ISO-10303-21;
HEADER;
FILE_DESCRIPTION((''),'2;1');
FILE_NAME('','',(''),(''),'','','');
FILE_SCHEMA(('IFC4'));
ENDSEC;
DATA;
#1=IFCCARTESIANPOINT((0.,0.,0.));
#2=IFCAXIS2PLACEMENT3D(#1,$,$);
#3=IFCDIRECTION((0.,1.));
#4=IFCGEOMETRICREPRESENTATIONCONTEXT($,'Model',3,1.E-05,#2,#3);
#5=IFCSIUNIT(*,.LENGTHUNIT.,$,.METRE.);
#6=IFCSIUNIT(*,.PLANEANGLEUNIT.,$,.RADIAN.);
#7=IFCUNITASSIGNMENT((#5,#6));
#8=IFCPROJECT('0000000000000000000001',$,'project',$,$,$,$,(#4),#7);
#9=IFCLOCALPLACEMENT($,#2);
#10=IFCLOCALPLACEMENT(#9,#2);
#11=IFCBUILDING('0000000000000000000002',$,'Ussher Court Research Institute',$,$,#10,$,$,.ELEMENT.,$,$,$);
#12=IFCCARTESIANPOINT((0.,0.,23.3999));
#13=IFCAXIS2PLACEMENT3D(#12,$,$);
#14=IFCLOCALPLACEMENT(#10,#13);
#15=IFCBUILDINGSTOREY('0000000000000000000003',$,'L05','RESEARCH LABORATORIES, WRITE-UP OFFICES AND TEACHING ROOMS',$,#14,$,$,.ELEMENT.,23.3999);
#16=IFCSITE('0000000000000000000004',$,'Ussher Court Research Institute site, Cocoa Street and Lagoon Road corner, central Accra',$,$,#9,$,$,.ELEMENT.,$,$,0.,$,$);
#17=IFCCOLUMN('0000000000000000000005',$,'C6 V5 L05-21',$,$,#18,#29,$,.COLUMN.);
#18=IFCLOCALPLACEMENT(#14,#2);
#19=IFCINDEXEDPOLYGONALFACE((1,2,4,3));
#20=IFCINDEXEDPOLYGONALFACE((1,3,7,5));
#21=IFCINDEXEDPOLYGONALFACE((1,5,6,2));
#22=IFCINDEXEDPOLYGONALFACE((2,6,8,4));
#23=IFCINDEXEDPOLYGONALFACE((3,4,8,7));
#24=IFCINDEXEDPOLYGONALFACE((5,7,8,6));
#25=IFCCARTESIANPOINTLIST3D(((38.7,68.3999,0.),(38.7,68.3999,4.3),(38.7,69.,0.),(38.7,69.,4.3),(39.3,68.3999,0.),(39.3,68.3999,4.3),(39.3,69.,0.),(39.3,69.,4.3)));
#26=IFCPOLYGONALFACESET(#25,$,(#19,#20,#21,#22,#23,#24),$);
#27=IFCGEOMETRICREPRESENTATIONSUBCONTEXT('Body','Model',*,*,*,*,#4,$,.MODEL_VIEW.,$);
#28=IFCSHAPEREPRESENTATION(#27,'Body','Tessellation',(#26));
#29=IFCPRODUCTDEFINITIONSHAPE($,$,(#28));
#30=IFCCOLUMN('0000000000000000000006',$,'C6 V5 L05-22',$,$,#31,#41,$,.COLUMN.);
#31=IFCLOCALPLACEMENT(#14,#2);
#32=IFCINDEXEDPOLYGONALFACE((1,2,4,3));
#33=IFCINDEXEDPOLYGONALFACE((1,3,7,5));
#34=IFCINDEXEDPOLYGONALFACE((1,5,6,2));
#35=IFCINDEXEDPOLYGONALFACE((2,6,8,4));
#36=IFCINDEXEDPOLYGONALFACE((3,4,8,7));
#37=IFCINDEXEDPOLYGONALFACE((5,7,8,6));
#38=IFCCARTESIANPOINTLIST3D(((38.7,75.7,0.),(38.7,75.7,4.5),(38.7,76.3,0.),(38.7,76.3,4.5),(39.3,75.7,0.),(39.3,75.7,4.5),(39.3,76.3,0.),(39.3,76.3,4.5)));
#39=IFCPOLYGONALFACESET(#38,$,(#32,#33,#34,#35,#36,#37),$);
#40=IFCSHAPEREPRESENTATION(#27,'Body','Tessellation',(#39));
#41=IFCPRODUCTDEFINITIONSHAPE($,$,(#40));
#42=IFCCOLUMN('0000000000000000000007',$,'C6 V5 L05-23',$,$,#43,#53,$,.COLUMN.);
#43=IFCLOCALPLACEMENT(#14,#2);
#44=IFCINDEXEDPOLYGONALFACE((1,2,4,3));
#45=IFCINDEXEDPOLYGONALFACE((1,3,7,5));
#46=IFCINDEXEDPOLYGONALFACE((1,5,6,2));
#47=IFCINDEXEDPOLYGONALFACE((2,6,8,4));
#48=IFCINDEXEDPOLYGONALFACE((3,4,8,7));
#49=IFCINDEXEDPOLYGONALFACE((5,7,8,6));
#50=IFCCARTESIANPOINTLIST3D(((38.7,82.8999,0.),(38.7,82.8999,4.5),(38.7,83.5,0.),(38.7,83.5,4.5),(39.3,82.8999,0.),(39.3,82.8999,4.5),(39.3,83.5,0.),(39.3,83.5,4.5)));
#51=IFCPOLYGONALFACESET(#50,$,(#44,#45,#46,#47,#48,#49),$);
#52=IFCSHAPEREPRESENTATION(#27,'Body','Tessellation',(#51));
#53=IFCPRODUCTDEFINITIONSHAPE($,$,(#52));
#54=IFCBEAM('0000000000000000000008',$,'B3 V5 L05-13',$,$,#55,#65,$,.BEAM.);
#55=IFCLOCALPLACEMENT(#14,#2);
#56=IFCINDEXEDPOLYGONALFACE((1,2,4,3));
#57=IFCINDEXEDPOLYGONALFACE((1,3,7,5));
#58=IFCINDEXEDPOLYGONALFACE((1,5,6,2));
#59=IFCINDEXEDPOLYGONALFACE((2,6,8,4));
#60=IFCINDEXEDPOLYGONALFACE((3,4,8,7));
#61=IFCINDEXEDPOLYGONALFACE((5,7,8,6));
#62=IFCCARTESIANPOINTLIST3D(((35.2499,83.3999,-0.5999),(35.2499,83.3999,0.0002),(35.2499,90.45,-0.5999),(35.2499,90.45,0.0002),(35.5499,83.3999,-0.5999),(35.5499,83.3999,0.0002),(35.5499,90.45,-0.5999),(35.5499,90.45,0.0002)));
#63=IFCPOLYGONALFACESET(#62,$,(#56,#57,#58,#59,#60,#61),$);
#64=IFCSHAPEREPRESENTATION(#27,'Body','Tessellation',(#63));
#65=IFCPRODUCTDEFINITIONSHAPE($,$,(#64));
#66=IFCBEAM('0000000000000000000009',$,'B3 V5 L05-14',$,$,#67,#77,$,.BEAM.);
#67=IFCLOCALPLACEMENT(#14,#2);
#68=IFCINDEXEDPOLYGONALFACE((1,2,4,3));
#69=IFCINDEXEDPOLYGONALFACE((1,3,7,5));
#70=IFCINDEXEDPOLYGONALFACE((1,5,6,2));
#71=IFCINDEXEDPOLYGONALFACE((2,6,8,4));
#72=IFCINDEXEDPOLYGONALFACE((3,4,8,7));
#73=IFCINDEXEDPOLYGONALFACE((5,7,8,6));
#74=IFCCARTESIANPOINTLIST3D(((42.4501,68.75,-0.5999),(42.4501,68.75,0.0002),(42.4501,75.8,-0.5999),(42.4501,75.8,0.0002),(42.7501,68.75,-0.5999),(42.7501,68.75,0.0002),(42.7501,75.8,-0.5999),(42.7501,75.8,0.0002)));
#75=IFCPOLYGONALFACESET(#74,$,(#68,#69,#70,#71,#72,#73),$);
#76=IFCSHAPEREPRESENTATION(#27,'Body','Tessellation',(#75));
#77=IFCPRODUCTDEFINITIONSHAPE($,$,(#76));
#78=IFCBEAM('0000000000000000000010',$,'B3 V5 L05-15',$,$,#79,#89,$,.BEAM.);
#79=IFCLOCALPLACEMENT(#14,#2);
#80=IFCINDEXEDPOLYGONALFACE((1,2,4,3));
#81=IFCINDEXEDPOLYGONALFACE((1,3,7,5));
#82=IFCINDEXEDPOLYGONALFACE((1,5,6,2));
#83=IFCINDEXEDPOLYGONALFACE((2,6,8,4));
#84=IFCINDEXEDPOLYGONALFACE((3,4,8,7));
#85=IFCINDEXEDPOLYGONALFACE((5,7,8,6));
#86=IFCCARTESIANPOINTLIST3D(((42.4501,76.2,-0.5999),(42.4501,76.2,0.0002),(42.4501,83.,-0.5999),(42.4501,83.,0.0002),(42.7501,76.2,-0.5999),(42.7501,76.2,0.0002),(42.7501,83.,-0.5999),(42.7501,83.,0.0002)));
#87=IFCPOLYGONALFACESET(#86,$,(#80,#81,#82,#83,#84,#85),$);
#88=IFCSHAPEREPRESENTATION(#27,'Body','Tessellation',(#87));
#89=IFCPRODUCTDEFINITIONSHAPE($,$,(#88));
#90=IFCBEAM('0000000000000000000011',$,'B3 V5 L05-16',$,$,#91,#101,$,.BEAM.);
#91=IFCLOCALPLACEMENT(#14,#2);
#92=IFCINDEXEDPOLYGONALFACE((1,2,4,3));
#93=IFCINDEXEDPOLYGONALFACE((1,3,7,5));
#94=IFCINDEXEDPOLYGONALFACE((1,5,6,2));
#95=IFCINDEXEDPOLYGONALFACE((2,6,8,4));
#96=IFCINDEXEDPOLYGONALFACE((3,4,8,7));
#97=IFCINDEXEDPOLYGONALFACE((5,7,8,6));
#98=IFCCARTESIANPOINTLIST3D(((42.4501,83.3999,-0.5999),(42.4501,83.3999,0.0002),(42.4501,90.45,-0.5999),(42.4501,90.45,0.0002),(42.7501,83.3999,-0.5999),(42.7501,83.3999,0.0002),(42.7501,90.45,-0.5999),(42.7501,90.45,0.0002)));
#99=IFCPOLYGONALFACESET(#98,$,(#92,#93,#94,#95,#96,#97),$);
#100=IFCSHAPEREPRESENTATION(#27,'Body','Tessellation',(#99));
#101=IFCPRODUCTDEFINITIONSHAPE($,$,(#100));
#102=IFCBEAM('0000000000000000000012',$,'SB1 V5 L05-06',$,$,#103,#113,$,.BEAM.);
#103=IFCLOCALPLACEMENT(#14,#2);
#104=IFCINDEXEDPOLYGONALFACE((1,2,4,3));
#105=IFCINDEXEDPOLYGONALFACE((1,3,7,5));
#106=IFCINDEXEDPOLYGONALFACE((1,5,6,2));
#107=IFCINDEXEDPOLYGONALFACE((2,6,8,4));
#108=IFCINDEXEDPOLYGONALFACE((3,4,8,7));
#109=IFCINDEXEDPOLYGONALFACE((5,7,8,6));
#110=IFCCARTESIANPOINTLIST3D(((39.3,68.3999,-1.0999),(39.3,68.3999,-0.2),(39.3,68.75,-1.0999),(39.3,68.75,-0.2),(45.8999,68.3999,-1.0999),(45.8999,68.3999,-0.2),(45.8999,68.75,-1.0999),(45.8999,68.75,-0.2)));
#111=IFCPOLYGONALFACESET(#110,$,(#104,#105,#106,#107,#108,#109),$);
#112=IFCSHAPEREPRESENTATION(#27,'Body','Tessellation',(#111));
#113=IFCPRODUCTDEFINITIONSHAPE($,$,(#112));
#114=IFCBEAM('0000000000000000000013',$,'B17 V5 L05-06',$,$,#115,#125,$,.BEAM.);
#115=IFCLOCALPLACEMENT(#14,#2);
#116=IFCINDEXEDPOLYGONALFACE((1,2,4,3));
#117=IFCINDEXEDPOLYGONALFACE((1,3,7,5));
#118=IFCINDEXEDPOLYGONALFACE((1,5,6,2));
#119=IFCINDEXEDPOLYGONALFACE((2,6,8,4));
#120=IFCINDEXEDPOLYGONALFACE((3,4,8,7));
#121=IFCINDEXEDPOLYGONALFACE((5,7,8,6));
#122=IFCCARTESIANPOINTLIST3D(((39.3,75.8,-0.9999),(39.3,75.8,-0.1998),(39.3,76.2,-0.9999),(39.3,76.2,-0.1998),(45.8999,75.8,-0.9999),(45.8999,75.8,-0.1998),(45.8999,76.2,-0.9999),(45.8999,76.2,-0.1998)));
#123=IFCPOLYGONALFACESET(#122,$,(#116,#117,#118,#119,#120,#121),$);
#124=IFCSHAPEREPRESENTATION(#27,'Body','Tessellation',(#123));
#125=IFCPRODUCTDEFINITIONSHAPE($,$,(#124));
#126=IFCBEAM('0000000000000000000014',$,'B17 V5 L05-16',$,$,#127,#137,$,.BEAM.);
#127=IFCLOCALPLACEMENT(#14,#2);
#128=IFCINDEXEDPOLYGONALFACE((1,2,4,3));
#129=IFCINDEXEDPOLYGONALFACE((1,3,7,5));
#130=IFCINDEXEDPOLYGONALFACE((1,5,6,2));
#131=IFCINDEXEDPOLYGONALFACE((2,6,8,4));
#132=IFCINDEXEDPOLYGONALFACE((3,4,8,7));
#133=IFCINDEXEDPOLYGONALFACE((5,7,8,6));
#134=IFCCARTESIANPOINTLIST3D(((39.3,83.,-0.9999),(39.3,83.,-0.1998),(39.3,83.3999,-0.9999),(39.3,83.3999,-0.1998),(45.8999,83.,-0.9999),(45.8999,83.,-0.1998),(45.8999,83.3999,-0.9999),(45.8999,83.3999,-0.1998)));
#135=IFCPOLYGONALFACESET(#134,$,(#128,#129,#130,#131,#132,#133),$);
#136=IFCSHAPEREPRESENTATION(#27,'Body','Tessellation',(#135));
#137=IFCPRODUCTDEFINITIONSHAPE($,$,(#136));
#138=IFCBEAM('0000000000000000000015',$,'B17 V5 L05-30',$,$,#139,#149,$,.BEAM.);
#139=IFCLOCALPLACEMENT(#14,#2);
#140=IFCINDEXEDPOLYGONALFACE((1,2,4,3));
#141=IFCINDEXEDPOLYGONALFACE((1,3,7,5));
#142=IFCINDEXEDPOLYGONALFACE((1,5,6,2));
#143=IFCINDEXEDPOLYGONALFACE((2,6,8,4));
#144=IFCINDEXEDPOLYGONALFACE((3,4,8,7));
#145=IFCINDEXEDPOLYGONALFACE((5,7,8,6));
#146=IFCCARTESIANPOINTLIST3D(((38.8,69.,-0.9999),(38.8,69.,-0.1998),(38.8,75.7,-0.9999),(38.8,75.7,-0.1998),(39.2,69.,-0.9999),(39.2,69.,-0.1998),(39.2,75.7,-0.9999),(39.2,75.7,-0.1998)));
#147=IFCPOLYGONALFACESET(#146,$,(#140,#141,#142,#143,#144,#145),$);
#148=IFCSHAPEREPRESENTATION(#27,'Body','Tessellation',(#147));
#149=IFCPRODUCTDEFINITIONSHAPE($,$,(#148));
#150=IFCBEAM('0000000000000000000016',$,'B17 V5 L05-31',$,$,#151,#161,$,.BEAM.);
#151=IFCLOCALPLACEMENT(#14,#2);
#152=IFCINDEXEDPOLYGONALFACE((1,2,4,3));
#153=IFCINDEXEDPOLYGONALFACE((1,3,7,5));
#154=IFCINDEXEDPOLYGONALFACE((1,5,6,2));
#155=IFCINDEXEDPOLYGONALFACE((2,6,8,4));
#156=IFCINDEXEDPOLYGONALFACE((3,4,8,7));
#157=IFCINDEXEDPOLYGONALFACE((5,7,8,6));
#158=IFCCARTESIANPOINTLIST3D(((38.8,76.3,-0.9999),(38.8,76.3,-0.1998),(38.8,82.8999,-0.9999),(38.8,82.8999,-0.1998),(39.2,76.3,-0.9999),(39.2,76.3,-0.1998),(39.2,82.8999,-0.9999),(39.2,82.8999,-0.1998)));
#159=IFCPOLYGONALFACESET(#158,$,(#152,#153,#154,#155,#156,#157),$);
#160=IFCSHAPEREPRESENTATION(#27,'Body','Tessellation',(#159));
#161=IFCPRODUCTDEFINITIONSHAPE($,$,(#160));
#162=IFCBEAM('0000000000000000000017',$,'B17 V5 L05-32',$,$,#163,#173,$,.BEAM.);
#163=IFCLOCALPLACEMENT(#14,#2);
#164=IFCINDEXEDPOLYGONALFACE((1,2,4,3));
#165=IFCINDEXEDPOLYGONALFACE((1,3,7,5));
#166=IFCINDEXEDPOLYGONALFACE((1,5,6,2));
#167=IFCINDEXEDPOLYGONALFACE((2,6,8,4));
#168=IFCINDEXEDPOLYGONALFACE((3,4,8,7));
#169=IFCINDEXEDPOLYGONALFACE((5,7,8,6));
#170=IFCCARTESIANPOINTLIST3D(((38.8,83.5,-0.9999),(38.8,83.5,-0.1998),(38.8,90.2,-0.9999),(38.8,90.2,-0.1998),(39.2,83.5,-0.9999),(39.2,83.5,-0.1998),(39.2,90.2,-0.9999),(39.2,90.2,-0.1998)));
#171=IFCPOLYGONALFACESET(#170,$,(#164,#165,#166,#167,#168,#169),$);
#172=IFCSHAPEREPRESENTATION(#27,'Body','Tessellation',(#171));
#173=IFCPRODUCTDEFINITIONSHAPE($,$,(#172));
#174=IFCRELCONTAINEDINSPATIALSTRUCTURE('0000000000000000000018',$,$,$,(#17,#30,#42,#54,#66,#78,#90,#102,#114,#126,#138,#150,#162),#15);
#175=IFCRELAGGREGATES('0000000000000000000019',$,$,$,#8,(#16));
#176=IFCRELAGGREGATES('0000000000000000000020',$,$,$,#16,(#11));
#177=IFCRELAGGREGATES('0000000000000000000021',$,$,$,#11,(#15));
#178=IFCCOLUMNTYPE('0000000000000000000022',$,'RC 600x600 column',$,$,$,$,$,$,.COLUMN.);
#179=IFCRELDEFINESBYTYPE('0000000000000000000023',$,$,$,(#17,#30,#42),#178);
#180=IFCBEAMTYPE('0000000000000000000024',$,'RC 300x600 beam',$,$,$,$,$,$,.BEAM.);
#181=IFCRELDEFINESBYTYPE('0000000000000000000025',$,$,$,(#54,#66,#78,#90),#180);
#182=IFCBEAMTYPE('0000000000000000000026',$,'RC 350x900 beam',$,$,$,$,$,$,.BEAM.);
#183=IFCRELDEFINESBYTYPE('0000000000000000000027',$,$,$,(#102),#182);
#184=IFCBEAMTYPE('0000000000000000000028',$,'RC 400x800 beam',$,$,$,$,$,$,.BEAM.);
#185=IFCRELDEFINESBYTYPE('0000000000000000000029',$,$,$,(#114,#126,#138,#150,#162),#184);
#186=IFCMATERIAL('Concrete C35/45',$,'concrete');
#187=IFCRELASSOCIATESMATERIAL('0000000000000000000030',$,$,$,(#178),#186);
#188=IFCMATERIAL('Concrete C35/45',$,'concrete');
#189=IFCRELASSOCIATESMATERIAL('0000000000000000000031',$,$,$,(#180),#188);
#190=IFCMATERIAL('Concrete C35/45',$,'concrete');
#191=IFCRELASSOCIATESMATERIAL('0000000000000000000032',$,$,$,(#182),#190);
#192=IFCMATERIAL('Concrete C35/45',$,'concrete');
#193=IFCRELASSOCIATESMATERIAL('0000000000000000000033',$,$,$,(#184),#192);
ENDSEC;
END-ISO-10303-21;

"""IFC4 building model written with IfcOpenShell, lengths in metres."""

from ifc_helpers import new_model, si_unit, direction, frame, origin, origin_2d, place, context, subcontext, project, spatial, rectangle, extrude, material, material_profile, profile_set, type_object, element, save


model = new_model("IFC4")

# Units and contexts
model_context = context("Model", 3, precision=1e-05, world=origin(), true_north=direction((0.0, 1.0)))
body_context = subcontext(model_context, "Body", "Model", "MODEL_VIEW")
ifc_project = project(units=[si_unit("LENGTHUNIT", "METRE"), si_unit("PLANEANGLEUNIT", "RADIAN")], contexts=[model_context])

# Site, building, storey
site_placement = place(None, origin())
site = spatial("IfcSite", under=ifc_project, at=site_placement, Name="Ussher Court Research Institute site, Cocoa Street and Lagoon Road corner, central Accra", CompositionType="ELEMENT", RefElevation=0.0)
building_placement = place(site_placement, origin())
building = spatial("IfcBuilding", under=site, at=building_placement, Name="Ussher Court Research Institute", CompositionType="ELEMENT")
storey_placement = place(building_placement, frame((0.0, 0.0, 23.3999)))
storey = spatial("IfcBuildingStorey", under=building, at=storey_placement, Name="L05", Description="RESEARCH LABORATORIES, WRITE-UP OFFICES AND TEACHING ROOMS", CompositionType="ELEMENT", Elevation=23.3999)

# Columns
ifc_material_1 = material(Name="Concrete C35/45", Category="concrete")
ifc_material_profile_1 = material_profile(ifc_material_1, rectangle(XDim=0.6001, YDim=0.6001, at=origin_2d()), Name="RC 600x600")
ifc_profile_set_1 = profile_set([ifc_material_profile_1], Name="Concrete C35/45")
column_type = type_object("IfcColumnType", Name="RC 600x600 column", PredefinedType="COLUMN", material=ifc_profile_set_1)
column_placement = place(storey_placement, frame((39.0, 68.7, 0.0), z_axis=(0.0, 0.0, 1.0), x_axis=(1.0, 0.0, 0.0)))
element("IfcColumn", 1, at=column_placement, inside=storey, type_object=column_type, Name="C6 V5 L05-21", PredefinedType="COLUMN", context=body_context, shape_type="SweptSolid", body=[
    extrude(rectangle(XDim=0.6001, YDim=0.6001, at=origin_2d()), origin(), (0.0, 0.0, 1.0), 4.3),
])
for number, where, z_axis, x_axis, name in (
    (2, (39.0, 76.0, 0.0), (0.0, 0.0, 1.0), (1.0, 0.0, 0.0), "C6 V5 L05-22"),
    (3, (39.0, 83.2, 0.0), (0.0, 0.0, 1.0), (1.0, 0.0, 0.0), "C6 V5 L05-23"),
):
    element("IfcColumn", number, at=place(storey_placement, frame(where, z_axis=z_axis, x_axis=x_axis)), inside=storey, type_object=column_type, Name=name, PredefinedType="COLUMN", context=body_context, shape_type="SweptSolid", body=[
        extrude(rectangle(XDim=0.6001, YDim=0.6001, at=origin_2d()), origin(), (0.0, 0.0, 1.0), 4.5),
    ])

# Beams
ifc_material_2 = material(Name="Concrete C35/45", Category="concrete")
ifc_material_profile_2 = material_profile(ifc_material_2, rectangle(XDim=0.3, YDim=0.6001, at=origin_2d()), Name="RC 300x600")
ifc_profile_set_2 = profile_set([ifc_material_profile_2], Name="Concrete C35/45")
beam_type_1 = type_object("IfcBeamType", Name="RC 300x600 beam", PredefinedType="BEAM", material=ifc_profile_set_2)
for number, where, z_axis, x_axis, name in (
    (4, (35.3999, 83.3999, -0.2998), (0.0, 1.0, 0.0), (-1.0, 0.0, 0.0), "B3 V5 L05-13"),
    (5, (42.6001, 68.75, -0.2998), (0.0, 1.0, 0.0), (-1.0, 0.0, 0.0), "B3 V5 L05-14"),
):
    element("IfcBeam", number, at=place(storey_placement, frame(where, z_axis=z_axis, x_axis=x_axis)), inside=storey, type_object=beam_type_1, Name=name, PredefinedType="BEAM", context=body_context, shape_type="SweptSolid", body=[
        extrude(rectangle(XDim=0.3, YDim=0.6001, at=origin_2d()), origin(), (0.0, 0.0, 1.0), 7.05),
    ])
beam_1_placement = place(storey_placement, frame((42.6001, 76.2, -0.2998), z_axis=(0.0, 1.0, 0.0), x_axis=(-1.0, 0.0, 0.0)))
element("IfcBeam", 6, at=beam_1_placement, inside=storey, type_object=beam_type_1, Name="B3 V5 L05-15", PredefinedType="BEAM", context=body_context, shape_type="SweptSolid", body=[
    extrude(rectangle(XDim=0.3, YDim=0.6001, at=origin_2d()), origin(), (0.0, 0.0, 1.0), 6.8),
])
beam_2_placement = place(storey_placement, frame((42.6001, 83.3999, -0.2998), z_axis=(0.0, 1.0, 0.0), x_axis=(-1.0, 0.0, 0.0)))
element("IfcBeam", 7, at=beam_2_placement, inside=storey, type_object=beam_type_1, Name="B3 V5 L05-16", PredefinedType="BEAM", context=body_context, shape_type="SweptSolid", body=[
    extrude(rectangle(XDim=0.3, YDim=0.6001, at=origin_2d()), origin(), (0.0, 0.0, 1.0), 7.05),
])
ifc_material_3 = material(Name="Concrete C35/45", Category="concrete")
ifc_material_profile_3 = material_profile(ifc_material_3, rectangle(XDim=0.3501, YDim=0.8999, at=origin_2d()), Name="RC 350x900")
ifc_profile_set_3 = profile_set([ifc_material_profile_3], Name="Concrete C35/45")
beam_type_2 = type_object("IfcBeamType", Name="RC 350x900 beam", PredefinedType="BEAM", material=ifc_profile_set_3)
beam_3_placement = place(storey_placement, frame((39.3, 68.575, -0.6499), z_axis=(1.0, 0.0, 0.0), x_axis=(0.0, 1.0, 0.0)))
element("IfcBeam", 8, at=beam_3_placement, inside=storey, type_object=beam_type_2, Name="SB1 V5 L05-06", PredefinedType="BEAM", context=body_context, shape_type="SweptSolid", body=[
    extrude(rectangle(XDim=0.3501, YDim=0.8999, at=origin_2d()), origin(), (0.0, 0.0, 1.0), 6.5999),
])
ifc_material_4 = material(Name="Concrete C35/45", Category="concrete")
ifc_material_profile_4 = material_profile(ifc_material_4, rectangle(XDim=0.3999, YDim=0.8, at=origin_2d()), Name="RC 400x800")
ifc_profile_set_4 = profile_set([ifc_material_profile_4], Name="Concrete C35/45")
beam_type_3 = type_object("IfcBeamType", Name="RC 400x800 beam", PredefinedType="BEAM", material=ifc_profile_set_4)
for number, where, z_axis, x_axis, name in (
    (9, (39.3, 76.0, -0.5999), (1.0, 0.0, 0.0), (0.0, 1.0, 0.0), "B17 V5 L05-06"),
    (10, (39.3, 83.2, -0.5999), (1.0, 0.0, 0.0), (0.0, 1.0, 0.0), "B17 V5 L05-16"),
):
    element("IfcBeam", number, at=place(storey_placement, frame(where, z_axis=z_axis, x_axis=x_axis)), inside=storey, type_object=beam_type_3, Name=name, PredefinedType="BEAM", context=body_context, shape_type="SweptSolid", body=[
        extrude(rectangle(XDim=0.3999, YDim=0.8, at=origin_2d()), origin(), (0.0, 0.0, 1.0), 6.5999),
    ])
beam_4_placement = place(storey_placement, frame((39.0, 69.0, -0.5999), z_axis=(0.0, 1.0, 0.0), x_axis=(-1.0, 0.0, 0.0)))
element("IfcBeam", 11, at=beam_4_placement, inside=storey, type_object=beam_type_3, Name="B17 V5 L05-30", PredefinedType="BEAM", context=body_context, shape_type="SweptSolid", body=[
    extrude(rectangle(XDim=0.3999, YDim=0.8, at=origin_2d()), origin(), (0.0, 0.0, 1.0), 6.7),
])
beam_5_placement = place(storey_placement, frame((39.0, 76.3, -0.5999), z_axis=(0.0, 1.0, 0.0), x_axis=(-1.0, 0.0, 0.0)))
element("IfcBeam", 12, at=beam_5_placement, inside=storey, type_object=beam_type_3, Name="B17 V5 L05-31", PredefinedType="BEAM", context=body_context, shape_type="SweptSolid", body=[
    extrude(rectangle(XDim=0.3999, YDim=0.8, at=origin_2d()), origin(), (0.0, 0.0, 1.0), 6.5999),
])
beam_6_placement = place(storey_placement, frame((39.0, 83.5, -0.5999), z_axis=(0.0, 1.0, 0.0), x_axis=(-1.0, 0.0, 0.0)))
element("IfcBeam", 13, at=beam_6_placement, inside=storey, type_object=beam_type_3, Name="B17 V5 L05-32", PredefinedType="BEAM", context=body_context, shape_type="SweptSolid", body=[
    extrude(rectangle(XDim=0.3999, YDim=0.8, at=origin_2d()), origin(), (0.0, 0.0, 1.0), 6.7),
])

save(model, "model.ifc")
